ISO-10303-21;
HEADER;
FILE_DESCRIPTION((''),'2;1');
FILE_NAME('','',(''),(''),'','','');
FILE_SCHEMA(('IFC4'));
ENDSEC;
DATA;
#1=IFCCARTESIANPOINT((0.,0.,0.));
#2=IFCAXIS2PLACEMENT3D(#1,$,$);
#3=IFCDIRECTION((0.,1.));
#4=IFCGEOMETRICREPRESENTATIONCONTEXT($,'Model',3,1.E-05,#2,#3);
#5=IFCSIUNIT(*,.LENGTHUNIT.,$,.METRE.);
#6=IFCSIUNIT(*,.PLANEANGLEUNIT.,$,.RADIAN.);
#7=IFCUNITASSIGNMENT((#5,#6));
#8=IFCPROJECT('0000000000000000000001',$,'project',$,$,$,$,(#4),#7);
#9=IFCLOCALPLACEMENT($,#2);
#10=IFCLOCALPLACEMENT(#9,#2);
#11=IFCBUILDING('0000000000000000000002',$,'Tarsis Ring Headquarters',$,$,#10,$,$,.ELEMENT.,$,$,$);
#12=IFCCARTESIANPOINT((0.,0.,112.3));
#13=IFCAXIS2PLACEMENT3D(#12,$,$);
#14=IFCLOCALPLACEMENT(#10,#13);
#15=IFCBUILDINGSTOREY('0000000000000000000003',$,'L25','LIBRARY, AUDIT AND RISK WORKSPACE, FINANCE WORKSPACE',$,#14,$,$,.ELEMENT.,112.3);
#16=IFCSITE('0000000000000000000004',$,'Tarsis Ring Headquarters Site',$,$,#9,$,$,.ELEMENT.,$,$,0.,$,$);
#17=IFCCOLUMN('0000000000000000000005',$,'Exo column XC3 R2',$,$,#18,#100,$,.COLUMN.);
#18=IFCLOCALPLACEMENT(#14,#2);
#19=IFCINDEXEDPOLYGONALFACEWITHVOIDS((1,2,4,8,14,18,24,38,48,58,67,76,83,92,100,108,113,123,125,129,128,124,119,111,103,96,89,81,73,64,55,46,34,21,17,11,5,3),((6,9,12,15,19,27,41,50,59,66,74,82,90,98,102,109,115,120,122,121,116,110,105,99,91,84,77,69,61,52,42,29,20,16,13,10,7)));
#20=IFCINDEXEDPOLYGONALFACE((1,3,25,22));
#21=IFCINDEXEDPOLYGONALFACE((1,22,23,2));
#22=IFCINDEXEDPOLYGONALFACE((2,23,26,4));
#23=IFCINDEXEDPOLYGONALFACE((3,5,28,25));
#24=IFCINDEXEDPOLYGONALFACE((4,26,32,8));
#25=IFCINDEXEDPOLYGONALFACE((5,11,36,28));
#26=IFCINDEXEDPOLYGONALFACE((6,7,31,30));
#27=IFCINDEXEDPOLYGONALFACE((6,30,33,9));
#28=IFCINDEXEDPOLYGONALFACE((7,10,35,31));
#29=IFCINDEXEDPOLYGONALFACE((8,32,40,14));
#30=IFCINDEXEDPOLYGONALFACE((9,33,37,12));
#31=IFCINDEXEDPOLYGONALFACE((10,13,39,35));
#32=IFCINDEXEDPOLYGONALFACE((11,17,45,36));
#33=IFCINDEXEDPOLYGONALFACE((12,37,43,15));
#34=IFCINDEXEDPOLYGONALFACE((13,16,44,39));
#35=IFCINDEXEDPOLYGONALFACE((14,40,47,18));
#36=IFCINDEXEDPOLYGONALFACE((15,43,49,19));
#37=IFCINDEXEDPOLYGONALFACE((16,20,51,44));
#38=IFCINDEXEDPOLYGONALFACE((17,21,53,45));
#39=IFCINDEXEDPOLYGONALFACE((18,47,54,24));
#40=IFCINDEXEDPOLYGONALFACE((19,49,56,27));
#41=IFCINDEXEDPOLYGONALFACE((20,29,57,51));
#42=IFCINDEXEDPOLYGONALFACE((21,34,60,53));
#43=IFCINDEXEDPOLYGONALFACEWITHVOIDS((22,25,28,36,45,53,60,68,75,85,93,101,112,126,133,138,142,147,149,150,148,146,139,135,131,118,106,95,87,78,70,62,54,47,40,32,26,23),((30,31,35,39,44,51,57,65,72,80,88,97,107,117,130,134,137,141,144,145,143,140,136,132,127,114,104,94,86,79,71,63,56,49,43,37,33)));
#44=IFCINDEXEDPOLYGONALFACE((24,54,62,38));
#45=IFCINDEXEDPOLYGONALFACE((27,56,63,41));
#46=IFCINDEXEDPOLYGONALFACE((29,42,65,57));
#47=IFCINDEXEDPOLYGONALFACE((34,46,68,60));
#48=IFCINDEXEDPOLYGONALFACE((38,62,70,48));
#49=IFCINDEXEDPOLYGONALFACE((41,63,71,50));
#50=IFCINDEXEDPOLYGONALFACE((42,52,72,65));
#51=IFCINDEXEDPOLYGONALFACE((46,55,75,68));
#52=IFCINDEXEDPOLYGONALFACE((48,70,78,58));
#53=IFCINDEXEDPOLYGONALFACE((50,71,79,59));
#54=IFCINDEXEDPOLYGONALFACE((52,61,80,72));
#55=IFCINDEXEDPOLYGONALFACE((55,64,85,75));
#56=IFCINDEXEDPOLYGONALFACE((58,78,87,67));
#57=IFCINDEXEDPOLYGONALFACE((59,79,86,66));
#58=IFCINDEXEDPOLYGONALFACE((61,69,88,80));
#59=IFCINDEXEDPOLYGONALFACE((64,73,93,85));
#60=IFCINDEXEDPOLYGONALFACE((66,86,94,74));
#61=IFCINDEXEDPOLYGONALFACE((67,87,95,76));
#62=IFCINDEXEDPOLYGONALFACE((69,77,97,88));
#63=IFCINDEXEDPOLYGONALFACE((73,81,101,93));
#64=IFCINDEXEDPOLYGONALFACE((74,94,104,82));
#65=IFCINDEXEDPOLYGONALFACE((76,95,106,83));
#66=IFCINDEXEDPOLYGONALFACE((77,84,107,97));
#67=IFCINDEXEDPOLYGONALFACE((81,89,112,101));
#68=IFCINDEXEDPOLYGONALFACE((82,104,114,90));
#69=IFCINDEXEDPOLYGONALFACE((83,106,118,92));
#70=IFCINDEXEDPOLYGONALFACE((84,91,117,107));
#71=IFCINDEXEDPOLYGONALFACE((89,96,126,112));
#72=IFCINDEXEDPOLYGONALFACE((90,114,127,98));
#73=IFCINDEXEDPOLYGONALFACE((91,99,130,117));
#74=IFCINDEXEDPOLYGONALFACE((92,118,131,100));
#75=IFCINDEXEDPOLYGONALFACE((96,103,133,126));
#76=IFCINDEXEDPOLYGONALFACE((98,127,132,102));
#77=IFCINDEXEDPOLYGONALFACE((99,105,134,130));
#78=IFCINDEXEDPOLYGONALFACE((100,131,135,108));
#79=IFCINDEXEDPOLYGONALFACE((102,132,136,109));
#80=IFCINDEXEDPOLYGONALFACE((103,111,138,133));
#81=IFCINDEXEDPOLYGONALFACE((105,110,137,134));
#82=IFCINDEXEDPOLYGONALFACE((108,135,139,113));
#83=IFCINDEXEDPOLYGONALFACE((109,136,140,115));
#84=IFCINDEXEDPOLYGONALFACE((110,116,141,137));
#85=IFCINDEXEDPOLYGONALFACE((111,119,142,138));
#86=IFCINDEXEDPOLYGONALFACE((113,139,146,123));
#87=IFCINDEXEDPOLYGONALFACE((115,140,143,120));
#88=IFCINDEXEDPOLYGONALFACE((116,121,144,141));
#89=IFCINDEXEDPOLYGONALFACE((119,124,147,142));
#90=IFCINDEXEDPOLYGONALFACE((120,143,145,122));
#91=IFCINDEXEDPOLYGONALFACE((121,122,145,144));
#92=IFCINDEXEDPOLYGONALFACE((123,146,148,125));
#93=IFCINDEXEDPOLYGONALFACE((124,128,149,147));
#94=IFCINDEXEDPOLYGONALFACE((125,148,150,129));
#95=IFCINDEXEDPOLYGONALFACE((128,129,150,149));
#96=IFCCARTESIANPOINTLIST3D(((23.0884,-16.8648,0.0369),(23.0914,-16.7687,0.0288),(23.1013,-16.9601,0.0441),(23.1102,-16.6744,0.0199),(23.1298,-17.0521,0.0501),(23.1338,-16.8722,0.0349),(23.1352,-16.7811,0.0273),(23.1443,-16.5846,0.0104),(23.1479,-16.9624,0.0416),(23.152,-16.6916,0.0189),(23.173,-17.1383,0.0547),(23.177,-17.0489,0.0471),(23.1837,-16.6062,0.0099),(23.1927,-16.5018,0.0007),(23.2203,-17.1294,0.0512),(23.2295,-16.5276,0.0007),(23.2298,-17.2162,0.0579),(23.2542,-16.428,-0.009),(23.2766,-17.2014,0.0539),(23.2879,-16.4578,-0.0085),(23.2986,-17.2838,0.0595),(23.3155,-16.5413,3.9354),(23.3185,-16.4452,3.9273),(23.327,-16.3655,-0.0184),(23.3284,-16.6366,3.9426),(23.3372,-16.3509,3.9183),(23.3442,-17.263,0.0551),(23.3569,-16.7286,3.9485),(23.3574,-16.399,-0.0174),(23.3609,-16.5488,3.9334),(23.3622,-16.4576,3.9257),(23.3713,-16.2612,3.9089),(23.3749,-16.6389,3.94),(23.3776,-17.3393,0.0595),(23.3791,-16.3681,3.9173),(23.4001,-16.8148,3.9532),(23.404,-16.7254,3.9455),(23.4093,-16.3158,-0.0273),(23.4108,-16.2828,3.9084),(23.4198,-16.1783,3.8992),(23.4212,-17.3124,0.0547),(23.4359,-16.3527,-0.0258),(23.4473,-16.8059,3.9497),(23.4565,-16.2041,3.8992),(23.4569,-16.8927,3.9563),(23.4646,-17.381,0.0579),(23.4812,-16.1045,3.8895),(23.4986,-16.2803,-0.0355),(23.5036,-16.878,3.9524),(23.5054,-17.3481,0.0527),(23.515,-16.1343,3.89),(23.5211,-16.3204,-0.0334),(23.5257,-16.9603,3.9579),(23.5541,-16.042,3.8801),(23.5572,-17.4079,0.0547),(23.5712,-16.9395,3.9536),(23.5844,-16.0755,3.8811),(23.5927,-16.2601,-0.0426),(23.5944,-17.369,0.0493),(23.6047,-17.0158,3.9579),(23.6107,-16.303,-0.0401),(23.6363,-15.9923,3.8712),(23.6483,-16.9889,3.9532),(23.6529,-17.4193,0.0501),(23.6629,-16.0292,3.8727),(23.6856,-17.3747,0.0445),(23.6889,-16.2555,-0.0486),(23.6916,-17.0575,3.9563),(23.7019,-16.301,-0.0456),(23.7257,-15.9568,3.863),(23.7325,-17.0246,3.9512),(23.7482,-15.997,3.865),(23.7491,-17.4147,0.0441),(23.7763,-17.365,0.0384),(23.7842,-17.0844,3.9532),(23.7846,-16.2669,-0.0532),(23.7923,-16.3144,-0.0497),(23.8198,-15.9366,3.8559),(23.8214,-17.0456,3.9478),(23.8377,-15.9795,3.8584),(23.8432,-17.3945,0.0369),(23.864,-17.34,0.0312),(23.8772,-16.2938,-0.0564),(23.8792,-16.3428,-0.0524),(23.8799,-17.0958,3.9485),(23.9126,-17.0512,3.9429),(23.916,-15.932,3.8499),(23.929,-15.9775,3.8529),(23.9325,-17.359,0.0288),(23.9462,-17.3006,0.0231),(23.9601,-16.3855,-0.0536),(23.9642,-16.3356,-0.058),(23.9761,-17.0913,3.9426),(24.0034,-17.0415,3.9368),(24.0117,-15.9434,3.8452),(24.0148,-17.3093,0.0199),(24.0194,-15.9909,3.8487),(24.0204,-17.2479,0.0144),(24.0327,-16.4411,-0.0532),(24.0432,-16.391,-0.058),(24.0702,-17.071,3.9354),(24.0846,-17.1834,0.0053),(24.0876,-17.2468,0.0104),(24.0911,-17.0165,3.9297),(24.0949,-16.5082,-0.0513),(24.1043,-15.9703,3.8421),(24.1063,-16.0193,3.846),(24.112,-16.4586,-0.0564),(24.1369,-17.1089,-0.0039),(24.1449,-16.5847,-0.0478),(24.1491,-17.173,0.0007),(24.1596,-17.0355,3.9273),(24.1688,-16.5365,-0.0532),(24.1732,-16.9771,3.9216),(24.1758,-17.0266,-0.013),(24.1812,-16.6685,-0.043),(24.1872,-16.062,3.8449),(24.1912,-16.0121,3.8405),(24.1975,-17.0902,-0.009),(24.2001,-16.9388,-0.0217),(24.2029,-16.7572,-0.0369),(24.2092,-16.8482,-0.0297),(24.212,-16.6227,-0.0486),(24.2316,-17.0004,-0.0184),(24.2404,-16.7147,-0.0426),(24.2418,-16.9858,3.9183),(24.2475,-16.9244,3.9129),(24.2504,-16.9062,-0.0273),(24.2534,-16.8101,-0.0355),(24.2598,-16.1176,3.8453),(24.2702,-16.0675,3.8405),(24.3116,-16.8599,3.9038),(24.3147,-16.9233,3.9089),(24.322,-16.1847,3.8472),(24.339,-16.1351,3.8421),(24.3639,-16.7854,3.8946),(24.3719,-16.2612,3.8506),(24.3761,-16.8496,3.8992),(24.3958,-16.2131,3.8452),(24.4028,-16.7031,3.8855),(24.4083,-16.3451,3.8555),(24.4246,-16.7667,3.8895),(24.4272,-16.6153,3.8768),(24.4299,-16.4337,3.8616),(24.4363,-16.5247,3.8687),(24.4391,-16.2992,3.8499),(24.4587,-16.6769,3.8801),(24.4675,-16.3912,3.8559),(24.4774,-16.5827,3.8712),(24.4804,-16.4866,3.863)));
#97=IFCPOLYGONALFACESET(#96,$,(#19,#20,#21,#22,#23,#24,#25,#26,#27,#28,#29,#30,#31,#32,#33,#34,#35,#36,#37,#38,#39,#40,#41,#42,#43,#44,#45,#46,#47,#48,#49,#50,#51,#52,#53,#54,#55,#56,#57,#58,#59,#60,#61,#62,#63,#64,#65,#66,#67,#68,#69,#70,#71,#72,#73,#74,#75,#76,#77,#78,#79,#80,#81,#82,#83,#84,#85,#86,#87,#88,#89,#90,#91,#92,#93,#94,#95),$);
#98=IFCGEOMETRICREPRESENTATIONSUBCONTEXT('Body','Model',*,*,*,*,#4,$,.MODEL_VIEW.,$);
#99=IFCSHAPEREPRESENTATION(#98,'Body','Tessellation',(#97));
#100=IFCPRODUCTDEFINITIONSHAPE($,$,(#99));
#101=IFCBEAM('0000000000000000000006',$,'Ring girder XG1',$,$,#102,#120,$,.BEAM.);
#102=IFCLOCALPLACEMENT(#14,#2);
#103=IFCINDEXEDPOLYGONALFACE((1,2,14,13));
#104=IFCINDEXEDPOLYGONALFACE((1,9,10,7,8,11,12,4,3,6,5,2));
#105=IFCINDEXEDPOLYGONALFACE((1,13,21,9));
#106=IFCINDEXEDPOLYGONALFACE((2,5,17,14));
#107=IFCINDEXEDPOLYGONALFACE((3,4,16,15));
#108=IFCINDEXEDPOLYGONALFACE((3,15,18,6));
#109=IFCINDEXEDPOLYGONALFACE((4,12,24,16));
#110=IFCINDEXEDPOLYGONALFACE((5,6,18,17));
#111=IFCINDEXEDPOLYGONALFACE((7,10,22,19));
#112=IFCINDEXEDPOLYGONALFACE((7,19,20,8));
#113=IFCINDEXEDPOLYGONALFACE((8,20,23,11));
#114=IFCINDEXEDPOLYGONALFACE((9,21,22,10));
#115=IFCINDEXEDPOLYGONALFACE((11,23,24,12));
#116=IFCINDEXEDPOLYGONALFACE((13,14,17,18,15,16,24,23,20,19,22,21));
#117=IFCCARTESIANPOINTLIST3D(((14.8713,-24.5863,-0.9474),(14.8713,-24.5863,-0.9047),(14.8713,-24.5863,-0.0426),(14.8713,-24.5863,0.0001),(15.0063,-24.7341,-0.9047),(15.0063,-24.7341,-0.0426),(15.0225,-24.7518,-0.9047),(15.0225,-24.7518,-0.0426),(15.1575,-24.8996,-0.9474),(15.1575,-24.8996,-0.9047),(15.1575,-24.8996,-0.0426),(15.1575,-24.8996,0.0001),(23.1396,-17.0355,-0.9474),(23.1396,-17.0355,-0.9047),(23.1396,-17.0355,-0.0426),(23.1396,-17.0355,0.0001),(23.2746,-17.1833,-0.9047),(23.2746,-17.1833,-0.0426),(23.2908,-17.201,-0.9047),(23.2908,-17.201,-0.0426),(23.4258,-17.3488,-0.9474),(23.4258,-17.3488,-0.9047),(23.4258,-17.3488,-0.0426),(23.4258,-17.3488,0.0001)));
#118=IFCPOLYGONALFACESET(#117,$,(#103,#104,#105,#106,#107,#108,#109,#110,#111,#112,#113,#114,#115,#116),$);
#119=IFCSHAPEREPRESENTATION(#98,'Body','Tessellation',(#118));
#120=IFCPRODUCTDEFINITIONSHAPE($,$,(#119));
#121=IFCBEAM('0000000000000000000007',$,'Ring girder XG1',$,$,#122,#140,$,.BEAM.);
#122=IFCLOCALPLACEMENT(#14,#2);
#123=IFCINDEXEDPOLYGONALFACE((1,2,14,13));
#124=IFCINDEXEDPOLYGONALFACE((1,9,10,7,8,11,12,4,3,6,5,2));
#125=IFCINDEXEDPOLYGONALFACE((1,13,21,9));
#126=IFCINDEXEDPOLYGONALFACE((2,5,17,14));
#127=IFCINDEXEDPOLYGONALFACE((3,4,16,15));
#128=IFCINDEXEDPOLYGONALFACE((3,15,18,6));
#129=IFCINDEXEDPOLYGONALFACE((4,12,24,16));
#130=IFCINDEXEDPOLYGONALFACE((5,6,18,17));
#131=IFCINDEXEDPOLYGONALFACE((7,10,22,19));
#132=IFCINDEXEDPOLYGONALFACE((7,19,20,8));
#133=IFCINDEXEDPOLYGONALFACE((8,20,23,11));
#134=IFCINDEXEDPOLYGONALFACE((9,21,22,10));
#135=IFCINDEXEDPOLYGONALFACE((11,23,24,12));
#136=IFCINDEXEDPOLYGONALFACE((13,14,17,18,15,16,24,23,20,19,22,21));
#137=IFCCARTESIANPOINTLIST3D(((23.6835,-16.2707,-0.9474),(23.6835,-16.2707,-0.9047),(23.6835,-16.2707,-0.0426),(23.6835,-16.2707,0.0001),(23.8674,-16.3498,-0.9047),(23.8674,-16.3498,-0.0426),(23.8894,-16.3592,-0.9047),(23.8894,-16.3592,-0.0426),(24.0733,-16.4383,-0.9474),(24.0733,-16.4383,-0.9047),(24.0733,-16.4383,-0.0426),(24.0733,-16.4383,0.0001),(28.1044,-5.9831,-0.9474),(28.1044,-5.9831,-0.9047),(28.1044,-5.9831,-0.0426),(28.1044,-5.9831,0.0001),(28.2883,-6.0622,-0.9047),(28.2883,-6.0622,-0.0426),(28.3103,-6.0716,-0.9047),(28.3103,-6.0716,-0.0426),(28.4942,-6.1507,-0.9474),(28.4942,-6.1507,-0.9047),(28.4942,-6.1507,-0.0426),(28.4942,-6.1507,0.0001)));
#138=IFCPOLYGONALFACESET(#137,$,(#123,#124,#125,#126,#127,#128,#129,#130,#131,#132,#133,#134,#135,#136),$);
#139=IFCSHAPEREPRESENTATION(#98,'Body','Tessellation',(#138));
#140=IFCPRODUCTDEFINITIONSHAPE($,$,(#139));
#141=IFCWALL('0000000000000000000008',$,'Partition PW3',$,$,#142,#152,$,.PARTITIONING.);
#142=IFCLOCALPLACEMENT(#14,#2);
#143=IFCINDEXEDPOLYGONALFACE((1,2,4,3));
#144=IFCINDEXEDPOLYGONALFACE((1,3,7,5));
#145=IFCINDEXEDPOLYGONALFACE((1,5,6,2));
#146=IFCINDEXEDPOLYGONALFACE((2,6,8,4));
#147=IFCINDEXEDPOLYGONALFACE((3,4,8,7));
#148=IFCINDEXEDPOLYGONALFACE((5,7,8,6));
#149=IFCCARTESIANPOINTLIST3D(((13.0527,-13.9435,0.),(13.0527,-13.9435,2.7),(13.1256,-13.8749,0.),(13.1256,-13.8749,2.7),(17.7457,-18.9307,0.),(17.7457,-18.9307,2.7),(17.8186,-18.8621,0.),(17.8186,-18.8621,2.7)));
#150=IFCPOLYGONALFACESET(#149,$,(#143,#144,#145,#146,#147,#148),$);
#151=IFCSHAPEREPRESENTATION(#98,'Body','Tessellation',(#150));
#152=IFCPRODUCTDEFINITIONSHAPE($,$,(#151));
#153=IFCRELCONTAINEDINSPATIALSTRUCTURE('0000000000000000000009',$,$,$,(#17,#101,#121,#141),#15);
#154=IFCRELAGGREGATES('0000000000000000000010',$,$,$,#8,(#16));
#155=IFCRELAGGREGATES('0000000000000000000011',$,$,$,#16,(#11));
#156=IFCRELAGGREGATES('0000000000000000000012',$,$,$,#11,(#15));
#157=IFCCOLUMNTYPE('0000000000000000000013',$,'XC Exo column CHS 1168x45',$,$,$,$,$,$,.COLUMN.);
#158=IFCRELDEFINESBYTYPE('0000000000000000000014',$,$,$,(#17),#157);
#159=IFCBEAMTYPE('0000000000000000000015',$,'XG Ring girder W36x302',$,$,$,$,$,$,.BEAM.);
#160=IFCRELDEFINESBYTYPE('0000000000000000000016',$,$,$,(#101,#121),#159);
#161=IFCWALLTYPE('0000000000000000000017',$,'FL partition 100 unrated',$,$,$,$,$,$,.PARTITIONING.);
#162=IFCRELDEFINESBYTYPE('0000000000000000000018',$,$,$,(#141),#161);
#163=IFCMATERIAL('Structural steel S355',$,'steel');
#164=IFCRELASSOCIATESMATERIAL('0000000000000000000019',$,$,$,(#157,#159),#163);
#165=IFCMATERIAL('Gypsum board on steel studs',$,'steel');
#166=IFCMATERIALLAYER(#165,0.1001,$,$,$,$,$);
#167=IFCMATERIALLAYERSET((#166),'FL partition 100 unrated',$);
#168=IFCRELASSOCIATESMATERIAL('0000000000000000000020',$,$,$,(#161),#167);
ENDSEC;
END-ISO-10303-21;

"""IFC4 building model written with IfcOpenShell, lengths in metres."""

from ifc_helpers import new_model, si_unit, direction, frame, frame_2d, origin, origin_2d, place, context, subcontext, project, spatial, rectangle, hollow_circle, i_section, extrude, material, layer, layer_set, material_profile, profile_set, type_object, element, save


model = new_model("IFC4")

# Units and contexts
model_context = context("Model", 3, precision=1e-05, world=origin(), true_north=direction((0.0, 1.0)))
body_context = subcontext(model_context, "Body", "Model", "MODEL_VIEW")
ifc_project = project(units=[si_unit("LENGTHUNIT", "METRE"), si_unit("PLANEANGLEUNIT", "RADIAN")], contexts=[model_context])

# Site, building, storey
site_placement = place(None, origin())
site = spatial("IfcSite", under=ifc_project, at=site_placement, Name="Tarsis Ring Headquarters Site", CompositionType="ELEMENT", RefElevation=0.0)
building_placement = place(site_placement, origin())
building = spatial("IfcBuilding", under=site, at=building_placement, Name="Tarsis Ring Headquarters", CompositionType="ELEMENT")
storey_placement = place(building_placement, frame((0.0, 0.0, 112.3)))
storey = spatial("IfcBuildingStorey", under=building, at=storey_placement, Name="L25", Description="LIBRARY, AUDIT AND RISK WORKSPACE, FINANCE WORKSPACE", CompositionType="ELEMENT", Elevation=112.3)

# Column
ifc_material_1 = material(Name="Structural steel S355", Category="steel")
ifc_material_profile_1 = material_profile(ifc_material_1, hollow_circle(Radius=0.5842, WallThickness=0.0449, at=origin_2d()), Name="CHS 1168x45")
ifc_profile_set_1 = profile_set([ifc_material_profile_1], Name="Structural steel S355")
column_type = type_object("IfcColumnType", Name="XC Exo column CHS 1168x45", PredefinedType="COLUMN", material=ifc_profile_set_1)
column_placement = place(storey_placement, frame((23.6709, -16.8374, 0.0007), z_axis=(0.057944, 0.082555, 0.994901), x_axis=(-0.818506, 0.574498, 0.0)))
element("IfcColumn", 1, at=column_placement, inside=storey, type_object=column_type, Name="Exo column XC3 R2", PredefinedType="COLUMN", context=body_context, shape_type="SweptSolid", body=[
    extrude(hollow_circle(Radius=0.5842, WallThickness=0.0449, at=origin_2d()), origin(), (0.0, 0.0, 1.0), 3.9185),
])

# Beams
ifc_material_profile_2 = material_profile(ifc_material_1, i_section(OverallWidth=0.4243, OverallDepth=0.9475, WebThickness=0.0239, FlangeThickness=0.0427, at=origin_2d()), Name="W36x302")
ifc_profile_set_2 = profile_set([ifc_material_profile_2], Name="Structural steel S355")
beam_type = type_object("IfcBeamType", Name="XG Ring girder W36x302", PredefinedType="BEAM", material=ifc_profile_set_2)
for number, where, z_axis, x_axis, name in (
    (2, (15.0144, -24.7429, -0.4736), (0.738421, 0.67434, 0.0), (-0.67434, 0.738421, 0.0), "Ring girder XG1"),
    (3, (23.8784, -16.3545, -0.4736), (0.394819, 0.918759, 0.0), (-0.918759, 0.394819, 0.0), "Ring girder XG1"),
):
    element("IfcBeam", number, at=place(storey_placement, frame(where, z_axis=z_axis, x_axis=x_axis)), inside=storey, type_object=beam_type, Name=name, PredefinedType="BEAM", context=body_context, shape_type="SweptSolid", body=[
        extrude(i_section(OverallWidth=0.4243, OverallDepth=0.9475, WebThickness=0.0239, FlangeThickness=0.0427, at=origin_2d()), origin(), (0.0, 0.0, 1.0), 11.1973),
    ])

# Wall
ifc_material_2 = material(Name="Gypsum board on steel studs", Category="steel")
ifc_layer_1 = layer(ifc_material_2, 0.1001)
ifc_layer_set_1 = layer_set([ifc_layer_1], Name="FL partition 100 unrated")
wall_type_1 = type_object("IfcWallType", Name="FL partition 100 unrated", PredefinedType="PARTITIONING", material=ifc_layer_set_1)
wall_1_placement = place(storey_placement, frame((13.0891, -13.9092, 0.0), z_axis=(0.0, 0.0, 1.0), x_axis=(0.685301, -0.72826, 0.0)))
element("IfcWall", 4, at=wall_1_placement, inside=storey, type_object=wall_type_1, Name="Partition PW3", PredefinedType="PARTITIONING", context=body_context, shape_type="SweptSolid", body=[
    extrude(rectangle(XDim=6.8481, YDim=0.1001, at=frame_2d((3.4241, 0.0))), origin(), (0.0, 0.0, 1.0), 2.7),
])

save(model, "model.ifc")
